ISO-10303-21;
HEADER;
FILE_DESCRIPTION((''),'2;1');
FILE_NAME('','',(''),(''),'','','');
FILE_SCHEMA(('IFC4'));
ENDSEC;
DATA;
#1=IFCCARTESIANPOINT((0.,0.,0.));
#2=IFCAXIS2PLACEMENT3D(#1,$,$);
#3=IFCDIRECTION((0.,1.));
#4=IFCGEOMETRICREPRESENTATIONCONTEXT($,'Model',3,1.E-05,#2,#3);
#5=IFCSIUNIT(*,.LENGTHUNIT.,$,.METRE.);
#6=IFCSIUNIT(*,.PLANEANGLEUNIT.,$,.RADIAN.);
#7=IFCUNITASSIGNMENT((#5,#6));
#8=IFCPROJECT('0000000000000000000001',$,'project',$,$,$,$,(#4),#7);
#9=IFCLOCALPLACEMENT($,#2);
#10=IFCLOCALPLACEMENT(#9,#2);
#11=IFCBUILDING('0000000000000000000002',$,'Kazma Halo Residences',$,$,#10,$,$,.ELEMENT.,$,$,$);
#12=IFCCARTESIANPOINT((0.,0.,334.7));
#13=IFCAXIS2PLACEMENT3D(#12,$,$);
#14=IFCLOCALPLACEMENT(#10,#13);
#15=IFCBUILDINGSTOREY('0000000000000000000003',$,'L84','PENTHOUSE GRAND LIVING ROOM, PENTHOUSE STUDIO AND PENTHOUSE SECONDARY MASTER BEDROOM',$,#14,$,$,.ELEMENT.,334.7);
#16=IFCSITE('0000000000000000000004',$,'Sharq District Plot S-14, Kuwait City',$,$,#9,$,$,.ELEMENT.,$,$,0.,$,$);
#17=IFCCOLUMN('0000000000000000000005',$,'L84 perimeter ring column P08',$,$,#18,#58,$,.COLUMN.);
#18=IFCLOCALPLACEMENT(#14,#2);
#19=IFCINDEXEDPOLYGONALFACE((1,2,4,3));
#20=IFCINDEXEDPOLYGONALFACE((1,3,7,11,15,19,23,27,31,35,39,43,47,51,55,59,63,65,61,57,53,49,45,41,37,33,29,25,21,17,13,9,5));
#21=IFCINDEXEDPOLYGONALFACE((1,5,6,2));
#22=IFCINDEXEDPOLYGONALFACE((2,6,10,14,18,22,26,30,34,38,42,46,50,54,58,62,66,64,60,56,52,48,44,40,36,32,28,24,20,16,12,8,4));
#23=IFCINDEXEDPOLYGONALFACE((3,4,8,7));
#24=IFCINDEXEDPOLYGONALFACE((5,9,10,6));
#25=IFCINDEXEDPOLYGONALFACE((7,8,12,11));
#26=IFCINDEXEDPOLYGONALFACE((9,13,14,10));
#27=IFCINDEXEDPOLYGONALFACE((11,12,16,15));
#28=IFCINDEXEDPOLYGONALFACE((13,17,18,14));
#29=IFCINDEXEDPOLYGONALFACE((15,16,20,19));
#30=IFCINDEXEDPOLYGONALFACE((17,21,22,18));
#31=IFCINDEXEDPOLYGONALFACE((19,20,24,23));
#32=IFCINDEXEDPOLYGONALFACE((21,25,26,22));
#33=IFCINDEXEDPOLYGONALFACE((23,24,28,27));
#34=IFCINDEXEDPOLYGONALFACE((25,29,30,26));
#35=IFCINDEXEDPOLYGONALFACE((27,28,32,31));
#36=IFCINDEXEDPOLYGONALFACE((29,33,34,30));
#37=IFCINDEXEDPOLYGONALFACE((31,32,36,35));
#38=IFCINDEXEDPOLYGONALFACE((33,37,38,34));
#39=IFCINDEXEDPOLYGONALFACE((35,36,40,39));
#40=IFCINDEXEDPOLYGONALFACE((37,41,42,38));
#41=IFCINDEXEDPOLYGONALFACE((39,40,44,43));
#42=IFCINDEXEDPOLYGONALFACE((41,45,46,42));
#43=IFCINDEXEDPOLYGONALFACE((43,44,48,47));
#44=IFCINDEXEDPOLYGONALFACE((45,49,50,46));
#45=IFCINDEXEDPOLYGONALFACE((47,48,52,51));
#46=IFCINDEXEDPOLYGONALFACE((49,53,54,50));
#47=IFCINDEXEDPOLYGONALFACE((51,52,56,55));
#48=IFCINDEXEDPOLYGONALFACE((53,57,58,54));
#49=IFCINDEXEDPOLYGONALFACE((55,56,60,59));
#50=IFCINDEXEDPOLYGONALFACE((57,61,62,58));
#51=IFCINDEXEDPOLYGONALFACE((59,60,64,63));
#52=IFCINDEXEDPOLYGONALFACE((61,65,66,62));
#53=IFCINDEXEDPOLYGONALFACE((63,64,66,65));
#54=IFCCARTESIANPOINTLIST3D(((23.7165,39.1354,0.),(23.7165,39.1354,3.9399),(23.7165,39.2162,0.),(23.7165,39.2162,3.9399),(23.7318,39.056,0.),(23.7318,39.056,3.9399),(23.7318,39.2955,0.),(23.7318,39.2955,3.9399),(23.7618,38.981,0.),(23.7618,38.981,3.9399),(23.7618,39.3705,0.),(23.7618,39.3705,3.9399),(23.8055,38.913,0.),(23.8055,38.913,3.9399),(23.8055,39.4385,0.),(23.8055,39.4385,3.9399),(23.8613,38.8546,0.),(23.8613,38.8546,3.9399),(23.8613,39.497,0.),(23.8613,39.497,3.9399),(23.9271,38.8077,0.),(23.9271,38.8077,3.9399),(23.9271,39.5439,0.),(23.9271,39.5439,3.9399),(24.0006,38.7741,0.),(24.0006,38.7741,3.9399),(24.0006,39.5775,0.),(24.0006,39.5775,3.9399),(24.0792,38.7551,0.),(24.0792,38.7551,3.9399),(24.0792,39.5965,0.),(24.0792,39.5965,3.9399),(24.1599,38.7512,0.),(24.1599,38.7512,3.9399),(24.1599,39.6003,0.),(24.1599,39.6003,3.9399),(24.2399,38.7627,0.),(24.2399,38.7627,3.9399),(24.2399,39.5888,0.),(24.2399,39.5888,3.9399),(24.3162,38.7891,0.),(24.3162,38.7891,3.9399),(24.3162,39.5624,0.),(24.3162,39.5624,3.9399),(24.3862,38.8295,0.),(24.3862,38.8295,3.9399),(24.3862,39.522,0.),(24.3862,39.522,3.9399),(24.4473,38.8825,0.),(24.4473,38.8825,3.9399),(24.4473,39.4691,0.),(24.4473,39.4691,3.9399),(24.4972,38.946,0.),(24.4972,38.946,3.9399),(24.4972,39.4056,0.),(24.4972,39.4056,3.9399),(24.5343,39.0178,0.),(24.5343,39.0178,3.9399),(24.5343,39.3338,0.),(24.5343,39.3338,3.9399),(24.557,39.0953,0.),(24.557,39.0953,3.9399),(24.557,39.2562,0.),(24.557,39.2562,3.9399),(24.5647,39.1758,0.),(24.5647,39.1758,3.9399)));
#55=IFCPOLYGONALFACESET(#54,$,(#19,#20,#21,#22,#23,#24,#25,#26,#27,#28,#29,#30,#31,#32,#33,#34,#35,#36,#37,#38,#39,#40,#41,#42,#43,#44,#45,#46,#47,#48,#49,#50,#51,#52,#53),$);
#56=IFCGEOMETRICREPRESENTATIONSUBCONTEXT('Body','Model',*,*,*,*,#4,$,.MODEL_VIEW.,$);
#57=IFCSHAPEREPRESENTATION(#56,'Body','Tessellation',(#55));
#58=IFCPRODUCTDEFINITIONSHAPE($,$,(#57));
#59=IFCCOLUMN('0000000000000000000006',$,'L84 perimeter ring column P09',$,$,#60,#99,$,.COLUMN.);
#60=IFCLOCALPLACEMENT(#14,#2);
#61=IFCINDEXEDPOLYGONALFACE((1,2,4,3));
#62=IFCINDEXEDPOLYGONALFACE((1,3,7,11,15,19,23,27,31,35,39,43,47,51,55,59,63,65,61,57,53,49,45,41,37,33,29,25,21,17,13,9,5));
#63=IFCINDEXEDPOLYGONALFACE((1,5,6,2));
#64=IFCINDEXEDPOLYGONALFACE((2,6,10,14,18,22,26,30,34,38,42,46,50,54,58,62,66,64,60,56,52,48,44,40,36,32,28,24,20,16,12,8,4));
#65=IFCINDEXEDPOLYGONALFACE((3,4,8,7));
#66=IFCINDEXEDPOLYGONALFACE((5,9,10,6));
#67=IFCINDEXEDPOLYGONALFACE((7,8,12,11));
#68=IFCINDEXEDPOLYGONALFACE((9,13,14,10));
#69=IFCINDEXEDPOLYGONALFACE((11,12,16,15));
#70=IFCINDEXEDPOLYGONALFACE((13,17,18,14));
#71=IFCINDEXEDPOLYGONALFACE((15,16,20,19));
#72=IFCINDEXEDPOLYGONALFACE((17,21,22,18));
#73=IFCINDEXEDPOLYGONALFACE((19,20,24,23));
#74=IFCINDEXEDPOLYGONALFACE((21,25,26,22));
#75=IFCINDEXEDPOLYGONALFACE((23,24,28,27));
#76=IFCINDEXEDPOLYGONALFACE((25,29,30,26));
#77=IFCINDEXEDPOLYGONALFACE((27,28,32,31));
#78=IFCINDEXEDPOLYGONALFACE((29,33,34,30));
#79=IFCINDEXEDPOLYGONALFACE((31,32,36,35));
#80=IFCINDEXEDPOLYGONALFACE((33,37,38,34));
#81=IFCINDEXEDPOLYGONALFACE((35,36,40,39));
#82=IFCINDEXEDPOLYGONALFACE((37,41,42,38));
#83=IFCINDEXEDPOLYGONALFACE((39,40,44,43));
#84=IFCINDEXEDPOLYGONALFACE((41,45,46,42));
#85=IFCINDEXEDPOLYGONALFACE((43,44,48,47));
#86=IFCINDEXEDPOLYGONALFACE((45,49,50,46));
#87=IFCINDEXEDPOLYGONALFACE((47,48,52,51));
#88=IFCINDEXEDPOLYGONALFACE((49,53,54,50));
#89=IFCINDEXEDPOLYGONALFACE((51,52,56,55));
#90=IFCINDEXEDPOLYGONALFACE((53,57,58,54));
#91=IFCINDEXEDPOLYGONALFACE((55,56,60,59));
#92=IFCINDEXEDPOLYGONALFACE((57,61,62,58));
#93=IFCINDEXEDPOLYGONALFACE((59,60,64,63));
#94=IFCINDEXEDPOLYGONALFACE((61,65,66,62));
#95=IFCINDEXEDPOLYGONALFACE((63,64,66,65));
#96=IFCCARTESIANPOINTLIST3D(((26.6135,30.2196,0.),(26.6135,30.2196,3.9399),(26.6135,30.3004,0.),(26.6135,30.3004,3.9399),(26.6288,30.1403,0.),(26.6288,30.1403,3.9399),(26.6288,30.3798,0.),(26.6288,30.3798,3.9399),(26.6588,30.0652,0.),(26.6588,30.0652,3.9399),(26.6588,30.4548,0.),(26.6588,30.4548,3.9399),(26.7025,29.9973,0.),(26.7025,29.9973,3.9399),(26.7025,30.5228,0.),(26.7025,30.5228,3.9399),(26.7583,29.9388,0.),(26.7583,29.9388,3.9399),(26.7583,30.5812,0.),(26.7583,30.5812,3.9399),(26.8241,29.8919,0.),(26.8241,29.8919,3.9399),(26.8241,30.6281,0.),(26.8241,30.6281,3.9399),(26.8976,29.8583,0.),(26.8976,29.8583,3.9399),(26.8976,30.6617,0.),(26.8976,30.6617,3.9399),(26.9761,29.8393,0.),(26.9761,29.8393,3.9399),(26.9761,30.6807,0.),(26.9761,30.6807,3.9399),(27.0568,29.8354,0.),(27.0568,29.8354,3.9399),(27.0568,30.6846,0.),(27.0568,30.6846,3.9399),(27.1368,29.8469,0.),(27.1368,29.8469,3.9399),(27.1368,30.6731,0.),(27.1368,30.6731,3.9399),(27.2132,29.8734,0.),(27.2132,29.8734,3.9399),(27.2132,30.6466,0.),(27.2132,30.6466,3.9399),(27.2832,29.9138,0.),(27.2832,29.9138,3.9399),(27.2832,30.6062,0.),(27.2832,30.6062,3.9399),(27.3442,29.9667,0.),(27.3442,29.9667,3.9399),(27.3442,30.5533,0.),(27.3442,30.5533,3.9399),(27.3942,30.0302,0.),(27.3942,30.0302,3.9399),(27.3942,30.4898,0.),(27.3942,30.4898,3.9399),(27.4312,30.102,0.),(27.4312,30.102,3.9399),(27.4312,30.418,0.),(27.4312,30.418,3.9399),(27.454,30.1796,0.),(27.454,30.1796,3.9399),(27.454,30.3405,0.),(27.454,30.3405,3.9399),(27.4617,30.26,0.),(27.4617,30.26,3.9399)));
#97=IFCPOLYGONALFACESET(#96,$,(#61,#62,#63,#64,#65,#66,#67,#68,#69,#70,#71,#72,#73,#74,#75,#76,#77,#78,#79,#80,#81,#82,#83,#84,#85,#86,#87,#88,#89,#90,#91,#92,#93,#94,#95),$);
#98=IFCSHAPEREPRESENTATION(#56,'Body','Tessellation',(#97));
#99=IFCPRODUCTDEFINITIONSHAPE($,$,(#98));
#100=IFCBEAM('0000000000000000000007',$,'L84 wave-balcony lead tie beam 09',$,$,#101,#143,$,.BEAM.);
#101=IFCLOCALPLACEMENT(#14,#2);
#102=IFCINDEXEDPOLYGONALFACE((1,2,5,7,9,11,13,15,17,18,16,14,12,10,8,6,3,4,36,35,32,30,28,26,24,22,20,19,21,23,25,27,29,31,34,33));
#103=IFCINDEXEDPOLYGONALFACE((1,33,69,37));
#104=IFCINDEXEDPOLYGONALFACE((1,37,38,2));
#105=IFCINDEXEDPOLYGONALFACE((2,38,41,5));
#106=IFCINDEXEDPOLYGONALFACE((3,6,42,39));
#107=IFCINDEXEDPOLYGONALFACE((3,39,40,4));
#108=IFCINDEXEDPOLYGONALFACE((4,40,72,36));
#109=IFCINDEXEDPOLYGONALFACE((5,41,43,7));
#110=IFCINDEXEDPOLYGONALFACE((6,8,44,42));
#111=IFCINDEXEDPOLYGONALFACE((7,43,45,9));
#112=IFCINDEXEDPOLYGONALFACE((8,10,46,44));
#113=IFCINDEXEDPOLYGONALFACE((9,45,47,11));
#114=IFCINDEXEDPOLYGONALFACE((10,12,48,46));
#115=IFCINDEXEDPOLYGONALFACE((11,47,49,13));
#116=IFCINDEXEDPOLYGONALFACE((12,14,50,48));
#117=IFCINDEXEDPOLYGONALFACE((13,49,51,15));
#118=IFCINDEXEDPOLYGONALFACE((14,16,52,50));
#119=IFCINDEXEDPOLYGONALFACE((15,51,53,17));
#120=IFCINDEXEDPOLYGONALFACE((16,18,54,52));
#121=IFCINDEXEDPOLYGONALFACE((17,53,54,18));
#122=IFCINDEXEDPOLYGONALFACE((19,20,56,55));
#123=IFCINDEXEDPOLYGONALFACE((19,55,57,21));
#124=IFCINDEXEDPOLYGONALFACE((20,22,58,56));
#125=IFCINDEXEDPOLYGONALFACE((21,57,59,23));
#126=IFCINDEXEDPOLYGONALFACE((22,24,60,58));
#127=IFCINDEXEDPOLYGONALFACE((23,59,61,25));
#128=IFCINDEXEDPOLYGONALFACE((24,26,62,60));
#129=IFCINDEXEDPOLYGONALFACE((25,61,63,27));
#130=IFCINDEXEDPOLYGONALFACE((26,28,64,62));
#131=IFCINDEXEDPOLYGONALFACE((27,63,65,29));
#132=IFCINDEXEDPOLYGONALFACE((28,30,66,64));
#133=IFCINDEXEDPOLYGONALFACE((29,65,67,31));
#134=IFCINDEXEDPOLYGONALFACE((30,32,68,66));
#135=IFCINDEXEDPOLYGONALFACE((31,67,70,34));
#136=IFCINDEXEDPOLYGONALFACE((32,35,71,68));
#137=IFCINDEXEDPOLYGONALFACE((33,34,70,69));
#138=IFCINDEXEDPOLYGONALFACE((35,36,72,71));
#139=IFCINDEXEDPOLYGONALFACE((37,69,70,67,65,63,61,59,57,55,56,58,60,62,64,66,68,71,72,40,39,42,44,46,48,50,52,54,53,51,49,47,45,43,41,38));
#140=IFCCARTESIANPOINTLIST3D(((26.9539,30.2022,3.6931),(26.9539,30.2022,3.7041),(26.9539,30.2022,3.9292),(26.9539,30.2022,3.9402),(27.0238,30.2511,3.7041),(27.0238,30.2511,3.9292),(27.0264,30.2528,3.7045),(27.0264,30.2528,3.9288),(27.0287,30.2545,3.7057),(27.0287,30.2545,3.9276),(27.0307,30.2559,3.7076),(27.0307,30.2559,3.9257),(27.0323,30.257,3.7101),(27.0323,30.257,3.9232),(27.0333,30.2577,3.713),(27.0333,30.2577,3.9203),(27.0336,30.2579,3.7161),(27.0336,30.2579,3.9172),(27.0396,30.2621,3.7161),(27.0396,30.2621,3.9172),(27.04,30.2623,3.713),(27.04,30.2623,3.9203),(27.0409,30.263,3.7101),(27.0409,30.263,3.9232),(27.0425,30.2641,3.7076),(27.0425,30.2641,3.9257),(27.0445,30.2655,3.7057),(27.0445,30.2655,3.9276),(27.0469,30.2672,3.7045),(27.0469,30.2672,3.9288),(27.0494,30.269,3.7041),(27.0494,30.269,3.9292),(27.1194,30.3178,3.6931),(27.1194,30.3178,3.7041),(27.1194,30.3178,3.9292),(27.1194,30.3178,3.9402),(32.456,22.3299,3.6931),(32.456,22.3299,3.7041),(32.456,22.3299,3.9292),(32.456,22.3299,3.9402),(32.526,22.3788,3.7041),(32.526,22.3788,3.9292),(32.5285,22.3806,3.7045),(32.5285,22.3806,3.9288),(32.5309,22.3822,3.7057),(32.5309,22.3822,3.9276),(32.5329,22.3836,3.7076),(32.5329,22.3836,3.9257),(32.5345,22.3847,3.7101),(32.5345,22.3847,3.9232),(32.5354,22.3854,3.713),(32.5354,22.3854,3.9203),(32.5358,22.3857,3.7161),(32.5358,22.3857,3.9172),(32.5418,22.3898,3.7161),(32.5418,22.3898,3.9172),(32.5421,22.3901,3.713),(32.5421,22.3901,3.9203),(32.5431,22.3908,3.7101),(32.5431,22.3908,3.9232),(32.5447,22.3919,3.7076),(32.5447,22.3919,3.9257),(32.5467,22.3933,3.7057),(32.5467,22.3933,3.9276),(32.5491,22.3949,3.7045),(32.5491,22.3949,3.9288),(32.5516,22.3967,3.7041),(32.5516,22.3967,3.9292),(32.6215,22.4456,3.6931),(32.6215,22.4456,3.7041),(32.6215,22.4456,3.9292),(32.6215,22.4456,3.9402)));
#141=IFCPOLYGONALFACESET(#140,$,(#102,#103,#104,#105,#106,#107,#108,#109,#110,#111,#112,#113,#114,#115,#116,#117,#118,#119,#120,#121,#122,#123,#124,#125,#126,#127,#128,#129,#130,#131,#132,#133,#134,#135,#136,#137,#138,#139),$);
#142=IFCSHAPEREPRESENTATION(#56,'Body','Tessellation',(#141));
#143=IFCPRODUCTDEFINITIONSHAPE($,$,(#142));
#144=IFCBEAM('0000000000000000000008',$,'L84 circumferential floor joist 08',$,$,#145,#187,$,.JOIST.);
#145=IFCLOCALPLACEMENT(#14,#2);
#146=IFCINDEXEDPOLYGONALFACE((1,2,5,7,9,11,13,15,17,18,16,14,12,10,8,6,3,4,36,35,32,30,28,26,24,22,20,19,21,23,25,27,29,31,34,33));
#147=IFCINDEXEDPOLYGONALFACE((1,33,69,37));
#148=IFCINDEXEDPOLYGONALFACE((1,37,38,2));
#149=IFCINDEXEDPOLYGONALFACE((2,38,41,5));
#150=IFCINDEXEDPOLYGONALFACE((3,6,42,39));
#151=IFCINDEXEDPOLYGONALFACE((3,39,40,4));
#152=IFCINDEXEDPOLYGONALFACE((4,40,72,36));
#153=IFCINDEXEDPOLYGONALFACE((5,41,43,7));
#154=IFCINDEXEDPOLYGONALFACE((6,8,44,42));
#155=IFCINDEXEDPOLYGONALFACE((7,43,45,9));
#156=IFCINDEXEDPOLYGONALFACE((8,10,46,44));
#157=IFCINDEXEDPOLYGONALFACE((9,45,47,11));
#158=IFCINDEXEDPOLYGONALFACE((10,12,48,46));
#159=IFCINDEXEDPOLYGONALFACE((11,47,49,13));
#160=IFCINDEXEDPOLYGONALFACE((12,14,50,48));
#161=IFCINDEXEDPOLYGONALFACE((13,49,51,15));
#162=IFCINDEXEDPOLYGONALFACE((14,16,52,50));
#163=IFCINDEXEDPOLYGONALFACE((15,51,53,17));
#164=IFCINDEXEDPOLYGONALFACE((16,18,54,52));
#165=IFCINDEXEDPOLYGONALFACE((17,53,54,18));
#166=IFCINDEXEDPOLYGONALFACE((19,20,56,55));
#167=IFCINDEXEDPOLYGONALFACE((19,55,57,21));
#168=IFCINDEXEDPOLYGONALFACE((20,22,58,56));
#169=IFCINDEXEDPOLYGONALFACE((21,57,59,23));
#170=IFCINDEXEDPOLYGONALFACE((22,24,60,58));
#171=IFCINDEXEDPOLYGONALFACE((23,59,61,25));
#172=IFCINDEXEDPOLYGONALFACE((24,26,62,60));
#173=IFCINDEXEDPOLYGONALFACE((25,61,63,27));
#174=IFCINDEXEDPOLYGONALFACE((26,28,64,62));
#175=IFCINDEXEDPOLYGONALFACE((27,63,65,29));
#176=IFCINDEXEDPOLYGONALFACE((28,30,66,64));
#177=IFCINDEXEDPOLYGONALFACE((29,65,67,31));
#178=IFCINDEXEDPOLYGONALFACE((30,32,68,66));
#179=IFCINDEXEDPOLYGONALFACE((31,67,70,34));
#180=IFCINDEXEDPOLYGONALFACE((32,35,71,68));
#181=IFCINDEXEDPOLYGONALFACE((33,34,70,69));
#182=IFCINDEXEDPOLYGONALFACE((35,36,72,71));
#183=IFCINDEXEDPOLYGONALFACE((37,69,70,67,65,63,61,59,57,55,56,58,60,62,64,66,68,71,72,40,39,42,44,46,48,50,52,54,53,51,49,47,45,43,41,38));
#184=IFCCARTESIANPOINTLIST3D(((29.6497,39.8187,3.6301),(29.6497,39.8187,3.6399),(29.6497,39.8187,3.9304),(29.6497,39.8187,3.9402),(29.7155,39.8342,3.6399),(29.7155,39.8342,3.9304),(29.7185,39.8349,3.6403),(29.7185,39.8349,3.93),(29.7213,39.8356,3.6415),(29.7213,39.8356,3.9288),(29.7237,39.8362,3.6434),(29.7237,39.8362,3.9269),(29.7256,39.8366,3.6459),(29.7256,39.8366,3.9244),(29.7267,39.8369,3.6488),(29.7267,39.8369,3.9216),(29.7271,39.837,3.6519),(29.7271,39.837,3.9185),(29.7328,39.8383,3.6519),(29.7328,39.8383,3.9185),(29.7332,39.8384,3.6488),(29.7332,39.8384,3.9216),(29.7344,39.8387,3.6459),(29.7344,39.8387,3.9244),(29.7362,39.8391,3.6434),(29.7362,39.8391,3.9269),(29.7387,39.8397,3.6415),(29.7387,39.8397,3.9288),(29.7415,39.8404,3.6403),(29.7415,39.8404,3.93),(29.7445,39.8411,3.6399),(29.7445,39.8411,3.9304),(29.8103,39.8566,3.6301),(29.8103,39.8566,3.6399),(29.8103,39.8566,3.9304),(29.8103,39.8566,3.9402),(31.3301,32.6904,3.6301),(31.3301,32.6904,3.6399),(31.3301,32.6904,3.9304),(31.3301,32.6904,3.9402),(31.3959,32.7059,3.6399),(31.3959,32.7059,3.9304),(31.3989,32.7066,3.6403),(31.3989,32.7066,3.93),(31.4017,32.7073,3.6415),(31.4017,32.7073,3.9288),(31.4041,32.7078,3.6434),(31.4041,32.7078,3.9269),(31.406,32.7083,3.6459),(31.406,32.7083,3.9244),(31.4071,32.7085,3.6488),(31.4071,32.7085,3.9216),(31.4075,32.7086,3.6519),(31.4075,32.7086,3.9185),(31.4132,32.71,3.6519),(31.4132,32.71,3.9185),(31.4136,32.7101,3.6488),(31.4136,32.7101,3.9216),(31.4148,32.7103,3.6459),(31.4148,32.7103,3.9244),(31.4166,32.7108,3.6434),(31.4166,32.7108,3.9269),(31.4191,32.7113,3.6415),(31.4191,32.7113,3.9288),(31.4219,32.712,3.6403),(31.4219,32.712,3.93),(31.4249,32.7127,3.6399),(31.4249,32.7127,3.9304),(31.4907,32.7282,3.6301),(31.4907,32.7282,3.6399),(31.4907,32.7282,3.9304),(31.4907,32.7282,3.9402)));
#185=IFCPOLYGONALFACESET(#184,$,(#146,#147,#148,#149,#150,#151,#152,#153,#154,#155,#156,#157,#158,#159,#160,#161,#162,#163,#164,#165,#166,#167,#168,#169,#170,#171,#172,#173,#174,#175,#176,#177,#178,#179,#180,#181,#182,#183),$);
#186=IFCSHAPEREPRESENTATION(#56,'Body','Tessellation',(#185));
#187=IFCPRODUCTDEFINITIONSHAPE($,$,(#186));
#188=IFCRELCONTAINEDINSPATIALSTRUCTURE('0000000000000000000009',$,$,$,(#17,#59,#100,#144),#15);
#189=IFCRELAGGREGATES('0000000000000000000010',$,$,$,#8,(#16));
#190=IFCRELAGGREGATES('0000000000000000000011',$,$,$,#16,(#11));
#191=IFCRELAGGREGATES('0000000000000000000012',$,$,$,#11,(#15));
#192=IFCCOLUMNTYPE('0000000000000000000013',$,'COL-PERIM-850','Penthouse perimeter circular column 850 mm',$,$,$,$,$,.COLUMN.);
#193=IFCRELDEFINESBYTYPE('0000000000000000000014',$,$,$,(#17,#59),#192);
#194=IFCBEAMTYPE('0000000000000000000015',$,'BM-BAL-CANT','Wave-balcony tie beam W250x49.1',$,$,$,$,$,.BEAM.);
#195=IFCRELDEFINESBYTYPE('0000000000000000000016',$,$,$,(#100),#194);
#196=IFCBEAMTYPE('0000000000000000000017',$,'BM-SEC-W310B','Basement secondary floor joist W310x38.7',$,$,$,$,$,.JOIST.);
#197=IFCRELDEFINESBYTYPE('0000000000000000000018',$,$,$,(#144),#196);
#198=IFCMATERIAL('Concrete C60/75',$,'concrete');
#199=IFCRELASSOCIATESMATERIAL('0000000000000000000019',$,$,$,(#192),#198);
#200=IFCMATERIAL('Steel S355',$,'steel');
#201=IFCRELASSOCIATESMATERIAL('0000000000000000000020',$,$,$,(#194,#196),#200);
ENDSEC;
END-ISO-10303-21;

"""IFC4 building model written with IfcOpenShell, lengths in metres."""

from ifc_helpers import new_model, si_unit, direction, frame, origin, origin_2d, place, context, subcontext, project, spatial, circle, i_section, extrude, material, material_profile, profile_set, type_object, element, save


model = new_model("IFC4")

# Units and contexts
model_context = context("Model", 3, precision=1e-05, world=origin(), true_north=direction((0.0, 1.0)))
body_context = subcontext(model_context, "Body", "Model", "MODEL_VIEW")
ifc_project = project(units=[si_unit("LENGTHUNIT", "METRE"), si_unit("PLANEANGLEUNIT", "RADIAN")], contexts=[model_context])

# Site, building, storey
site_placement = place(None, origin())
site = spatial("IfcSite", under=ifc_project, at=site_placement, Name="Sharq District Plot S-14, Kuwait City", CompositionType="ELEMENT", RefElevation=0.0)
building_placement = place(site_placement, origin())
building = spatial("IfcBuilding", under=site, at=building_placement, Name="Kazma Halo Residences", CompositionType="ELEMENT")
storey_placement = place(building_placement, frame((0.0, 0.0, 334.7)))
storey = spatial("IfcBuildingStorey", under=building, at=storey_placement, Name="L84", Description="PENTHOUSE GRAND LIVING ROOM, PENTHOUSE STUDIO AND PENTHOUSE SECONDARY MASTER BEDROOM", CompositionType="ELEMENT", Elevation=334.7)

# Columns
ifc_material_1 = material(Name="Concrete C60/75", Category="concrete")
ifc_material_profile_1 = material_profile(ifc_material_1, circle(Radius=0.425, at=origin_2d()), Name="CIRC850")
ifc_profile_set_1 = profile_set([ifc_material_profile_1], Name="Concrete C60/75")
column_type = type_object("IfcColumnType", Name="COL-PERIM-850", Description="Penthouse perimeter circular column 850 mm", PredefinedType="COLUMN", material=ifc_profile_set_1)
for number, where, z_axis, x_axis, name in (
    (1, (24.1396, 39.1758, 0.0), (0.0, 0.0, 1.0), (1.0, 0.0, 0.0), "L84 perimeter ring column P08"),
    (2, (27.0366, 30.26, 0.0), (0.0, 0.0, 1.0), (1.0, 0.0, 0.0), "L84 perimeter ring column P09"),
):
    element("IfcColumn", number, at=place(storey_placement, frame(where, z_axis=z_axis, x_axis=x_axis)), inside=storey, type_object=column_type, Name=name, PredefinedType="COLUMN", context=body_context, shape_type="SweptSolid", body=[
        extrude(circle(Radius=0.425, at=origin_2d()), origin(), (0.0, 0.0, 1.0), 3.9399),
    ])

# Beams
ifc_material_2 = material(Name="Steel S355", Category="steel")
ifc_material_profile_2 = material_profile(ifc_material_2, i_section(OverallWidth=0.2019, OverallDepth=0.2471, WebThickness=0.0073, FlangeThickness=0.011, FilletRadius=0.012, at=origin_2d()), Name="W250x49.1")
ifc_profile_set_2 = profile_set([ifc_material_profile_2], Name="Steel S355")
beam_type_1 = type_object("IfcBeamType", Name="BM-BAL-CANT", Description="Wave-balcony tie beam W250x49.1", PredefinedType="BEAM", material=ifc_profile_set_2)
beam_1_placement = place(storey_placement, frame((27.0366, 30.26, 3.8167), z_axis=(0.572874, -0.819644, 0.0), x_axis=(0.819644, 0.572874, 0.0)))
element("IfcBeam", 3, at=beam_1_placement, inside=storey, type_object=beam_type_1, Name="L84 wave-balcony lead tie beam 09", PredefinedType="BEAM", context=body_context, shape_type="SweptSolid", body=[
    extrude(i_section(OverallWidth=0.2019, OverallDepth=0.2471, WebThickness=0.0073, FlangeThickness=0.011, FilletRadius=0.012, at=origin_2d()), origin(), (0.0, 0.0, 1.0), 9.6045),
])
ifc_material_profile_3 = material_profile(ifc_material_2, i_section(OverallWidth=0.165, OverallDepth=0.3101, WebThickness=0.0059, FlangeThickness=0.0098, FilletRadius=0.012, at=origin_2d()), Name="W310x38.7")
ifc_profile_set_3 = profile_set([ifc_material_profile_3], Name="Steel S355")
beam_type_2 = type_object("IfcBeamType", Name="BM-SEC-W310B", Description="Basement secondary floor joist W310x38.7", PredefinedType="JOIST", material=ifc_profile_set_3)
beam_2_placement = place(storey_placement, frame((29.73, 39.8376, 3.7852), z_axis=(0.229446, -0.973321, 0.0), x_axis=(0.973321, 0.229446, 0.0)))
element("IfcBeam", 4, at=beam_2_placement, inside=storey, type_object=beam_type_2, Name="L84 circumferential floor joist 08", PredefinedType="JOIST", context=body_context, shape_type="SweptSolid", body=[
    extrude(i_section(OverallWidth=0.165, OverallDepth=0.3101, WebThickness=0.0059, FlangeThickness=0.0098, FilletRadius=0.012, at=origin_2d()), origin(), (0.0, 0.0, 1.0), 7.3237),
])

save(model, "model.ifc")
